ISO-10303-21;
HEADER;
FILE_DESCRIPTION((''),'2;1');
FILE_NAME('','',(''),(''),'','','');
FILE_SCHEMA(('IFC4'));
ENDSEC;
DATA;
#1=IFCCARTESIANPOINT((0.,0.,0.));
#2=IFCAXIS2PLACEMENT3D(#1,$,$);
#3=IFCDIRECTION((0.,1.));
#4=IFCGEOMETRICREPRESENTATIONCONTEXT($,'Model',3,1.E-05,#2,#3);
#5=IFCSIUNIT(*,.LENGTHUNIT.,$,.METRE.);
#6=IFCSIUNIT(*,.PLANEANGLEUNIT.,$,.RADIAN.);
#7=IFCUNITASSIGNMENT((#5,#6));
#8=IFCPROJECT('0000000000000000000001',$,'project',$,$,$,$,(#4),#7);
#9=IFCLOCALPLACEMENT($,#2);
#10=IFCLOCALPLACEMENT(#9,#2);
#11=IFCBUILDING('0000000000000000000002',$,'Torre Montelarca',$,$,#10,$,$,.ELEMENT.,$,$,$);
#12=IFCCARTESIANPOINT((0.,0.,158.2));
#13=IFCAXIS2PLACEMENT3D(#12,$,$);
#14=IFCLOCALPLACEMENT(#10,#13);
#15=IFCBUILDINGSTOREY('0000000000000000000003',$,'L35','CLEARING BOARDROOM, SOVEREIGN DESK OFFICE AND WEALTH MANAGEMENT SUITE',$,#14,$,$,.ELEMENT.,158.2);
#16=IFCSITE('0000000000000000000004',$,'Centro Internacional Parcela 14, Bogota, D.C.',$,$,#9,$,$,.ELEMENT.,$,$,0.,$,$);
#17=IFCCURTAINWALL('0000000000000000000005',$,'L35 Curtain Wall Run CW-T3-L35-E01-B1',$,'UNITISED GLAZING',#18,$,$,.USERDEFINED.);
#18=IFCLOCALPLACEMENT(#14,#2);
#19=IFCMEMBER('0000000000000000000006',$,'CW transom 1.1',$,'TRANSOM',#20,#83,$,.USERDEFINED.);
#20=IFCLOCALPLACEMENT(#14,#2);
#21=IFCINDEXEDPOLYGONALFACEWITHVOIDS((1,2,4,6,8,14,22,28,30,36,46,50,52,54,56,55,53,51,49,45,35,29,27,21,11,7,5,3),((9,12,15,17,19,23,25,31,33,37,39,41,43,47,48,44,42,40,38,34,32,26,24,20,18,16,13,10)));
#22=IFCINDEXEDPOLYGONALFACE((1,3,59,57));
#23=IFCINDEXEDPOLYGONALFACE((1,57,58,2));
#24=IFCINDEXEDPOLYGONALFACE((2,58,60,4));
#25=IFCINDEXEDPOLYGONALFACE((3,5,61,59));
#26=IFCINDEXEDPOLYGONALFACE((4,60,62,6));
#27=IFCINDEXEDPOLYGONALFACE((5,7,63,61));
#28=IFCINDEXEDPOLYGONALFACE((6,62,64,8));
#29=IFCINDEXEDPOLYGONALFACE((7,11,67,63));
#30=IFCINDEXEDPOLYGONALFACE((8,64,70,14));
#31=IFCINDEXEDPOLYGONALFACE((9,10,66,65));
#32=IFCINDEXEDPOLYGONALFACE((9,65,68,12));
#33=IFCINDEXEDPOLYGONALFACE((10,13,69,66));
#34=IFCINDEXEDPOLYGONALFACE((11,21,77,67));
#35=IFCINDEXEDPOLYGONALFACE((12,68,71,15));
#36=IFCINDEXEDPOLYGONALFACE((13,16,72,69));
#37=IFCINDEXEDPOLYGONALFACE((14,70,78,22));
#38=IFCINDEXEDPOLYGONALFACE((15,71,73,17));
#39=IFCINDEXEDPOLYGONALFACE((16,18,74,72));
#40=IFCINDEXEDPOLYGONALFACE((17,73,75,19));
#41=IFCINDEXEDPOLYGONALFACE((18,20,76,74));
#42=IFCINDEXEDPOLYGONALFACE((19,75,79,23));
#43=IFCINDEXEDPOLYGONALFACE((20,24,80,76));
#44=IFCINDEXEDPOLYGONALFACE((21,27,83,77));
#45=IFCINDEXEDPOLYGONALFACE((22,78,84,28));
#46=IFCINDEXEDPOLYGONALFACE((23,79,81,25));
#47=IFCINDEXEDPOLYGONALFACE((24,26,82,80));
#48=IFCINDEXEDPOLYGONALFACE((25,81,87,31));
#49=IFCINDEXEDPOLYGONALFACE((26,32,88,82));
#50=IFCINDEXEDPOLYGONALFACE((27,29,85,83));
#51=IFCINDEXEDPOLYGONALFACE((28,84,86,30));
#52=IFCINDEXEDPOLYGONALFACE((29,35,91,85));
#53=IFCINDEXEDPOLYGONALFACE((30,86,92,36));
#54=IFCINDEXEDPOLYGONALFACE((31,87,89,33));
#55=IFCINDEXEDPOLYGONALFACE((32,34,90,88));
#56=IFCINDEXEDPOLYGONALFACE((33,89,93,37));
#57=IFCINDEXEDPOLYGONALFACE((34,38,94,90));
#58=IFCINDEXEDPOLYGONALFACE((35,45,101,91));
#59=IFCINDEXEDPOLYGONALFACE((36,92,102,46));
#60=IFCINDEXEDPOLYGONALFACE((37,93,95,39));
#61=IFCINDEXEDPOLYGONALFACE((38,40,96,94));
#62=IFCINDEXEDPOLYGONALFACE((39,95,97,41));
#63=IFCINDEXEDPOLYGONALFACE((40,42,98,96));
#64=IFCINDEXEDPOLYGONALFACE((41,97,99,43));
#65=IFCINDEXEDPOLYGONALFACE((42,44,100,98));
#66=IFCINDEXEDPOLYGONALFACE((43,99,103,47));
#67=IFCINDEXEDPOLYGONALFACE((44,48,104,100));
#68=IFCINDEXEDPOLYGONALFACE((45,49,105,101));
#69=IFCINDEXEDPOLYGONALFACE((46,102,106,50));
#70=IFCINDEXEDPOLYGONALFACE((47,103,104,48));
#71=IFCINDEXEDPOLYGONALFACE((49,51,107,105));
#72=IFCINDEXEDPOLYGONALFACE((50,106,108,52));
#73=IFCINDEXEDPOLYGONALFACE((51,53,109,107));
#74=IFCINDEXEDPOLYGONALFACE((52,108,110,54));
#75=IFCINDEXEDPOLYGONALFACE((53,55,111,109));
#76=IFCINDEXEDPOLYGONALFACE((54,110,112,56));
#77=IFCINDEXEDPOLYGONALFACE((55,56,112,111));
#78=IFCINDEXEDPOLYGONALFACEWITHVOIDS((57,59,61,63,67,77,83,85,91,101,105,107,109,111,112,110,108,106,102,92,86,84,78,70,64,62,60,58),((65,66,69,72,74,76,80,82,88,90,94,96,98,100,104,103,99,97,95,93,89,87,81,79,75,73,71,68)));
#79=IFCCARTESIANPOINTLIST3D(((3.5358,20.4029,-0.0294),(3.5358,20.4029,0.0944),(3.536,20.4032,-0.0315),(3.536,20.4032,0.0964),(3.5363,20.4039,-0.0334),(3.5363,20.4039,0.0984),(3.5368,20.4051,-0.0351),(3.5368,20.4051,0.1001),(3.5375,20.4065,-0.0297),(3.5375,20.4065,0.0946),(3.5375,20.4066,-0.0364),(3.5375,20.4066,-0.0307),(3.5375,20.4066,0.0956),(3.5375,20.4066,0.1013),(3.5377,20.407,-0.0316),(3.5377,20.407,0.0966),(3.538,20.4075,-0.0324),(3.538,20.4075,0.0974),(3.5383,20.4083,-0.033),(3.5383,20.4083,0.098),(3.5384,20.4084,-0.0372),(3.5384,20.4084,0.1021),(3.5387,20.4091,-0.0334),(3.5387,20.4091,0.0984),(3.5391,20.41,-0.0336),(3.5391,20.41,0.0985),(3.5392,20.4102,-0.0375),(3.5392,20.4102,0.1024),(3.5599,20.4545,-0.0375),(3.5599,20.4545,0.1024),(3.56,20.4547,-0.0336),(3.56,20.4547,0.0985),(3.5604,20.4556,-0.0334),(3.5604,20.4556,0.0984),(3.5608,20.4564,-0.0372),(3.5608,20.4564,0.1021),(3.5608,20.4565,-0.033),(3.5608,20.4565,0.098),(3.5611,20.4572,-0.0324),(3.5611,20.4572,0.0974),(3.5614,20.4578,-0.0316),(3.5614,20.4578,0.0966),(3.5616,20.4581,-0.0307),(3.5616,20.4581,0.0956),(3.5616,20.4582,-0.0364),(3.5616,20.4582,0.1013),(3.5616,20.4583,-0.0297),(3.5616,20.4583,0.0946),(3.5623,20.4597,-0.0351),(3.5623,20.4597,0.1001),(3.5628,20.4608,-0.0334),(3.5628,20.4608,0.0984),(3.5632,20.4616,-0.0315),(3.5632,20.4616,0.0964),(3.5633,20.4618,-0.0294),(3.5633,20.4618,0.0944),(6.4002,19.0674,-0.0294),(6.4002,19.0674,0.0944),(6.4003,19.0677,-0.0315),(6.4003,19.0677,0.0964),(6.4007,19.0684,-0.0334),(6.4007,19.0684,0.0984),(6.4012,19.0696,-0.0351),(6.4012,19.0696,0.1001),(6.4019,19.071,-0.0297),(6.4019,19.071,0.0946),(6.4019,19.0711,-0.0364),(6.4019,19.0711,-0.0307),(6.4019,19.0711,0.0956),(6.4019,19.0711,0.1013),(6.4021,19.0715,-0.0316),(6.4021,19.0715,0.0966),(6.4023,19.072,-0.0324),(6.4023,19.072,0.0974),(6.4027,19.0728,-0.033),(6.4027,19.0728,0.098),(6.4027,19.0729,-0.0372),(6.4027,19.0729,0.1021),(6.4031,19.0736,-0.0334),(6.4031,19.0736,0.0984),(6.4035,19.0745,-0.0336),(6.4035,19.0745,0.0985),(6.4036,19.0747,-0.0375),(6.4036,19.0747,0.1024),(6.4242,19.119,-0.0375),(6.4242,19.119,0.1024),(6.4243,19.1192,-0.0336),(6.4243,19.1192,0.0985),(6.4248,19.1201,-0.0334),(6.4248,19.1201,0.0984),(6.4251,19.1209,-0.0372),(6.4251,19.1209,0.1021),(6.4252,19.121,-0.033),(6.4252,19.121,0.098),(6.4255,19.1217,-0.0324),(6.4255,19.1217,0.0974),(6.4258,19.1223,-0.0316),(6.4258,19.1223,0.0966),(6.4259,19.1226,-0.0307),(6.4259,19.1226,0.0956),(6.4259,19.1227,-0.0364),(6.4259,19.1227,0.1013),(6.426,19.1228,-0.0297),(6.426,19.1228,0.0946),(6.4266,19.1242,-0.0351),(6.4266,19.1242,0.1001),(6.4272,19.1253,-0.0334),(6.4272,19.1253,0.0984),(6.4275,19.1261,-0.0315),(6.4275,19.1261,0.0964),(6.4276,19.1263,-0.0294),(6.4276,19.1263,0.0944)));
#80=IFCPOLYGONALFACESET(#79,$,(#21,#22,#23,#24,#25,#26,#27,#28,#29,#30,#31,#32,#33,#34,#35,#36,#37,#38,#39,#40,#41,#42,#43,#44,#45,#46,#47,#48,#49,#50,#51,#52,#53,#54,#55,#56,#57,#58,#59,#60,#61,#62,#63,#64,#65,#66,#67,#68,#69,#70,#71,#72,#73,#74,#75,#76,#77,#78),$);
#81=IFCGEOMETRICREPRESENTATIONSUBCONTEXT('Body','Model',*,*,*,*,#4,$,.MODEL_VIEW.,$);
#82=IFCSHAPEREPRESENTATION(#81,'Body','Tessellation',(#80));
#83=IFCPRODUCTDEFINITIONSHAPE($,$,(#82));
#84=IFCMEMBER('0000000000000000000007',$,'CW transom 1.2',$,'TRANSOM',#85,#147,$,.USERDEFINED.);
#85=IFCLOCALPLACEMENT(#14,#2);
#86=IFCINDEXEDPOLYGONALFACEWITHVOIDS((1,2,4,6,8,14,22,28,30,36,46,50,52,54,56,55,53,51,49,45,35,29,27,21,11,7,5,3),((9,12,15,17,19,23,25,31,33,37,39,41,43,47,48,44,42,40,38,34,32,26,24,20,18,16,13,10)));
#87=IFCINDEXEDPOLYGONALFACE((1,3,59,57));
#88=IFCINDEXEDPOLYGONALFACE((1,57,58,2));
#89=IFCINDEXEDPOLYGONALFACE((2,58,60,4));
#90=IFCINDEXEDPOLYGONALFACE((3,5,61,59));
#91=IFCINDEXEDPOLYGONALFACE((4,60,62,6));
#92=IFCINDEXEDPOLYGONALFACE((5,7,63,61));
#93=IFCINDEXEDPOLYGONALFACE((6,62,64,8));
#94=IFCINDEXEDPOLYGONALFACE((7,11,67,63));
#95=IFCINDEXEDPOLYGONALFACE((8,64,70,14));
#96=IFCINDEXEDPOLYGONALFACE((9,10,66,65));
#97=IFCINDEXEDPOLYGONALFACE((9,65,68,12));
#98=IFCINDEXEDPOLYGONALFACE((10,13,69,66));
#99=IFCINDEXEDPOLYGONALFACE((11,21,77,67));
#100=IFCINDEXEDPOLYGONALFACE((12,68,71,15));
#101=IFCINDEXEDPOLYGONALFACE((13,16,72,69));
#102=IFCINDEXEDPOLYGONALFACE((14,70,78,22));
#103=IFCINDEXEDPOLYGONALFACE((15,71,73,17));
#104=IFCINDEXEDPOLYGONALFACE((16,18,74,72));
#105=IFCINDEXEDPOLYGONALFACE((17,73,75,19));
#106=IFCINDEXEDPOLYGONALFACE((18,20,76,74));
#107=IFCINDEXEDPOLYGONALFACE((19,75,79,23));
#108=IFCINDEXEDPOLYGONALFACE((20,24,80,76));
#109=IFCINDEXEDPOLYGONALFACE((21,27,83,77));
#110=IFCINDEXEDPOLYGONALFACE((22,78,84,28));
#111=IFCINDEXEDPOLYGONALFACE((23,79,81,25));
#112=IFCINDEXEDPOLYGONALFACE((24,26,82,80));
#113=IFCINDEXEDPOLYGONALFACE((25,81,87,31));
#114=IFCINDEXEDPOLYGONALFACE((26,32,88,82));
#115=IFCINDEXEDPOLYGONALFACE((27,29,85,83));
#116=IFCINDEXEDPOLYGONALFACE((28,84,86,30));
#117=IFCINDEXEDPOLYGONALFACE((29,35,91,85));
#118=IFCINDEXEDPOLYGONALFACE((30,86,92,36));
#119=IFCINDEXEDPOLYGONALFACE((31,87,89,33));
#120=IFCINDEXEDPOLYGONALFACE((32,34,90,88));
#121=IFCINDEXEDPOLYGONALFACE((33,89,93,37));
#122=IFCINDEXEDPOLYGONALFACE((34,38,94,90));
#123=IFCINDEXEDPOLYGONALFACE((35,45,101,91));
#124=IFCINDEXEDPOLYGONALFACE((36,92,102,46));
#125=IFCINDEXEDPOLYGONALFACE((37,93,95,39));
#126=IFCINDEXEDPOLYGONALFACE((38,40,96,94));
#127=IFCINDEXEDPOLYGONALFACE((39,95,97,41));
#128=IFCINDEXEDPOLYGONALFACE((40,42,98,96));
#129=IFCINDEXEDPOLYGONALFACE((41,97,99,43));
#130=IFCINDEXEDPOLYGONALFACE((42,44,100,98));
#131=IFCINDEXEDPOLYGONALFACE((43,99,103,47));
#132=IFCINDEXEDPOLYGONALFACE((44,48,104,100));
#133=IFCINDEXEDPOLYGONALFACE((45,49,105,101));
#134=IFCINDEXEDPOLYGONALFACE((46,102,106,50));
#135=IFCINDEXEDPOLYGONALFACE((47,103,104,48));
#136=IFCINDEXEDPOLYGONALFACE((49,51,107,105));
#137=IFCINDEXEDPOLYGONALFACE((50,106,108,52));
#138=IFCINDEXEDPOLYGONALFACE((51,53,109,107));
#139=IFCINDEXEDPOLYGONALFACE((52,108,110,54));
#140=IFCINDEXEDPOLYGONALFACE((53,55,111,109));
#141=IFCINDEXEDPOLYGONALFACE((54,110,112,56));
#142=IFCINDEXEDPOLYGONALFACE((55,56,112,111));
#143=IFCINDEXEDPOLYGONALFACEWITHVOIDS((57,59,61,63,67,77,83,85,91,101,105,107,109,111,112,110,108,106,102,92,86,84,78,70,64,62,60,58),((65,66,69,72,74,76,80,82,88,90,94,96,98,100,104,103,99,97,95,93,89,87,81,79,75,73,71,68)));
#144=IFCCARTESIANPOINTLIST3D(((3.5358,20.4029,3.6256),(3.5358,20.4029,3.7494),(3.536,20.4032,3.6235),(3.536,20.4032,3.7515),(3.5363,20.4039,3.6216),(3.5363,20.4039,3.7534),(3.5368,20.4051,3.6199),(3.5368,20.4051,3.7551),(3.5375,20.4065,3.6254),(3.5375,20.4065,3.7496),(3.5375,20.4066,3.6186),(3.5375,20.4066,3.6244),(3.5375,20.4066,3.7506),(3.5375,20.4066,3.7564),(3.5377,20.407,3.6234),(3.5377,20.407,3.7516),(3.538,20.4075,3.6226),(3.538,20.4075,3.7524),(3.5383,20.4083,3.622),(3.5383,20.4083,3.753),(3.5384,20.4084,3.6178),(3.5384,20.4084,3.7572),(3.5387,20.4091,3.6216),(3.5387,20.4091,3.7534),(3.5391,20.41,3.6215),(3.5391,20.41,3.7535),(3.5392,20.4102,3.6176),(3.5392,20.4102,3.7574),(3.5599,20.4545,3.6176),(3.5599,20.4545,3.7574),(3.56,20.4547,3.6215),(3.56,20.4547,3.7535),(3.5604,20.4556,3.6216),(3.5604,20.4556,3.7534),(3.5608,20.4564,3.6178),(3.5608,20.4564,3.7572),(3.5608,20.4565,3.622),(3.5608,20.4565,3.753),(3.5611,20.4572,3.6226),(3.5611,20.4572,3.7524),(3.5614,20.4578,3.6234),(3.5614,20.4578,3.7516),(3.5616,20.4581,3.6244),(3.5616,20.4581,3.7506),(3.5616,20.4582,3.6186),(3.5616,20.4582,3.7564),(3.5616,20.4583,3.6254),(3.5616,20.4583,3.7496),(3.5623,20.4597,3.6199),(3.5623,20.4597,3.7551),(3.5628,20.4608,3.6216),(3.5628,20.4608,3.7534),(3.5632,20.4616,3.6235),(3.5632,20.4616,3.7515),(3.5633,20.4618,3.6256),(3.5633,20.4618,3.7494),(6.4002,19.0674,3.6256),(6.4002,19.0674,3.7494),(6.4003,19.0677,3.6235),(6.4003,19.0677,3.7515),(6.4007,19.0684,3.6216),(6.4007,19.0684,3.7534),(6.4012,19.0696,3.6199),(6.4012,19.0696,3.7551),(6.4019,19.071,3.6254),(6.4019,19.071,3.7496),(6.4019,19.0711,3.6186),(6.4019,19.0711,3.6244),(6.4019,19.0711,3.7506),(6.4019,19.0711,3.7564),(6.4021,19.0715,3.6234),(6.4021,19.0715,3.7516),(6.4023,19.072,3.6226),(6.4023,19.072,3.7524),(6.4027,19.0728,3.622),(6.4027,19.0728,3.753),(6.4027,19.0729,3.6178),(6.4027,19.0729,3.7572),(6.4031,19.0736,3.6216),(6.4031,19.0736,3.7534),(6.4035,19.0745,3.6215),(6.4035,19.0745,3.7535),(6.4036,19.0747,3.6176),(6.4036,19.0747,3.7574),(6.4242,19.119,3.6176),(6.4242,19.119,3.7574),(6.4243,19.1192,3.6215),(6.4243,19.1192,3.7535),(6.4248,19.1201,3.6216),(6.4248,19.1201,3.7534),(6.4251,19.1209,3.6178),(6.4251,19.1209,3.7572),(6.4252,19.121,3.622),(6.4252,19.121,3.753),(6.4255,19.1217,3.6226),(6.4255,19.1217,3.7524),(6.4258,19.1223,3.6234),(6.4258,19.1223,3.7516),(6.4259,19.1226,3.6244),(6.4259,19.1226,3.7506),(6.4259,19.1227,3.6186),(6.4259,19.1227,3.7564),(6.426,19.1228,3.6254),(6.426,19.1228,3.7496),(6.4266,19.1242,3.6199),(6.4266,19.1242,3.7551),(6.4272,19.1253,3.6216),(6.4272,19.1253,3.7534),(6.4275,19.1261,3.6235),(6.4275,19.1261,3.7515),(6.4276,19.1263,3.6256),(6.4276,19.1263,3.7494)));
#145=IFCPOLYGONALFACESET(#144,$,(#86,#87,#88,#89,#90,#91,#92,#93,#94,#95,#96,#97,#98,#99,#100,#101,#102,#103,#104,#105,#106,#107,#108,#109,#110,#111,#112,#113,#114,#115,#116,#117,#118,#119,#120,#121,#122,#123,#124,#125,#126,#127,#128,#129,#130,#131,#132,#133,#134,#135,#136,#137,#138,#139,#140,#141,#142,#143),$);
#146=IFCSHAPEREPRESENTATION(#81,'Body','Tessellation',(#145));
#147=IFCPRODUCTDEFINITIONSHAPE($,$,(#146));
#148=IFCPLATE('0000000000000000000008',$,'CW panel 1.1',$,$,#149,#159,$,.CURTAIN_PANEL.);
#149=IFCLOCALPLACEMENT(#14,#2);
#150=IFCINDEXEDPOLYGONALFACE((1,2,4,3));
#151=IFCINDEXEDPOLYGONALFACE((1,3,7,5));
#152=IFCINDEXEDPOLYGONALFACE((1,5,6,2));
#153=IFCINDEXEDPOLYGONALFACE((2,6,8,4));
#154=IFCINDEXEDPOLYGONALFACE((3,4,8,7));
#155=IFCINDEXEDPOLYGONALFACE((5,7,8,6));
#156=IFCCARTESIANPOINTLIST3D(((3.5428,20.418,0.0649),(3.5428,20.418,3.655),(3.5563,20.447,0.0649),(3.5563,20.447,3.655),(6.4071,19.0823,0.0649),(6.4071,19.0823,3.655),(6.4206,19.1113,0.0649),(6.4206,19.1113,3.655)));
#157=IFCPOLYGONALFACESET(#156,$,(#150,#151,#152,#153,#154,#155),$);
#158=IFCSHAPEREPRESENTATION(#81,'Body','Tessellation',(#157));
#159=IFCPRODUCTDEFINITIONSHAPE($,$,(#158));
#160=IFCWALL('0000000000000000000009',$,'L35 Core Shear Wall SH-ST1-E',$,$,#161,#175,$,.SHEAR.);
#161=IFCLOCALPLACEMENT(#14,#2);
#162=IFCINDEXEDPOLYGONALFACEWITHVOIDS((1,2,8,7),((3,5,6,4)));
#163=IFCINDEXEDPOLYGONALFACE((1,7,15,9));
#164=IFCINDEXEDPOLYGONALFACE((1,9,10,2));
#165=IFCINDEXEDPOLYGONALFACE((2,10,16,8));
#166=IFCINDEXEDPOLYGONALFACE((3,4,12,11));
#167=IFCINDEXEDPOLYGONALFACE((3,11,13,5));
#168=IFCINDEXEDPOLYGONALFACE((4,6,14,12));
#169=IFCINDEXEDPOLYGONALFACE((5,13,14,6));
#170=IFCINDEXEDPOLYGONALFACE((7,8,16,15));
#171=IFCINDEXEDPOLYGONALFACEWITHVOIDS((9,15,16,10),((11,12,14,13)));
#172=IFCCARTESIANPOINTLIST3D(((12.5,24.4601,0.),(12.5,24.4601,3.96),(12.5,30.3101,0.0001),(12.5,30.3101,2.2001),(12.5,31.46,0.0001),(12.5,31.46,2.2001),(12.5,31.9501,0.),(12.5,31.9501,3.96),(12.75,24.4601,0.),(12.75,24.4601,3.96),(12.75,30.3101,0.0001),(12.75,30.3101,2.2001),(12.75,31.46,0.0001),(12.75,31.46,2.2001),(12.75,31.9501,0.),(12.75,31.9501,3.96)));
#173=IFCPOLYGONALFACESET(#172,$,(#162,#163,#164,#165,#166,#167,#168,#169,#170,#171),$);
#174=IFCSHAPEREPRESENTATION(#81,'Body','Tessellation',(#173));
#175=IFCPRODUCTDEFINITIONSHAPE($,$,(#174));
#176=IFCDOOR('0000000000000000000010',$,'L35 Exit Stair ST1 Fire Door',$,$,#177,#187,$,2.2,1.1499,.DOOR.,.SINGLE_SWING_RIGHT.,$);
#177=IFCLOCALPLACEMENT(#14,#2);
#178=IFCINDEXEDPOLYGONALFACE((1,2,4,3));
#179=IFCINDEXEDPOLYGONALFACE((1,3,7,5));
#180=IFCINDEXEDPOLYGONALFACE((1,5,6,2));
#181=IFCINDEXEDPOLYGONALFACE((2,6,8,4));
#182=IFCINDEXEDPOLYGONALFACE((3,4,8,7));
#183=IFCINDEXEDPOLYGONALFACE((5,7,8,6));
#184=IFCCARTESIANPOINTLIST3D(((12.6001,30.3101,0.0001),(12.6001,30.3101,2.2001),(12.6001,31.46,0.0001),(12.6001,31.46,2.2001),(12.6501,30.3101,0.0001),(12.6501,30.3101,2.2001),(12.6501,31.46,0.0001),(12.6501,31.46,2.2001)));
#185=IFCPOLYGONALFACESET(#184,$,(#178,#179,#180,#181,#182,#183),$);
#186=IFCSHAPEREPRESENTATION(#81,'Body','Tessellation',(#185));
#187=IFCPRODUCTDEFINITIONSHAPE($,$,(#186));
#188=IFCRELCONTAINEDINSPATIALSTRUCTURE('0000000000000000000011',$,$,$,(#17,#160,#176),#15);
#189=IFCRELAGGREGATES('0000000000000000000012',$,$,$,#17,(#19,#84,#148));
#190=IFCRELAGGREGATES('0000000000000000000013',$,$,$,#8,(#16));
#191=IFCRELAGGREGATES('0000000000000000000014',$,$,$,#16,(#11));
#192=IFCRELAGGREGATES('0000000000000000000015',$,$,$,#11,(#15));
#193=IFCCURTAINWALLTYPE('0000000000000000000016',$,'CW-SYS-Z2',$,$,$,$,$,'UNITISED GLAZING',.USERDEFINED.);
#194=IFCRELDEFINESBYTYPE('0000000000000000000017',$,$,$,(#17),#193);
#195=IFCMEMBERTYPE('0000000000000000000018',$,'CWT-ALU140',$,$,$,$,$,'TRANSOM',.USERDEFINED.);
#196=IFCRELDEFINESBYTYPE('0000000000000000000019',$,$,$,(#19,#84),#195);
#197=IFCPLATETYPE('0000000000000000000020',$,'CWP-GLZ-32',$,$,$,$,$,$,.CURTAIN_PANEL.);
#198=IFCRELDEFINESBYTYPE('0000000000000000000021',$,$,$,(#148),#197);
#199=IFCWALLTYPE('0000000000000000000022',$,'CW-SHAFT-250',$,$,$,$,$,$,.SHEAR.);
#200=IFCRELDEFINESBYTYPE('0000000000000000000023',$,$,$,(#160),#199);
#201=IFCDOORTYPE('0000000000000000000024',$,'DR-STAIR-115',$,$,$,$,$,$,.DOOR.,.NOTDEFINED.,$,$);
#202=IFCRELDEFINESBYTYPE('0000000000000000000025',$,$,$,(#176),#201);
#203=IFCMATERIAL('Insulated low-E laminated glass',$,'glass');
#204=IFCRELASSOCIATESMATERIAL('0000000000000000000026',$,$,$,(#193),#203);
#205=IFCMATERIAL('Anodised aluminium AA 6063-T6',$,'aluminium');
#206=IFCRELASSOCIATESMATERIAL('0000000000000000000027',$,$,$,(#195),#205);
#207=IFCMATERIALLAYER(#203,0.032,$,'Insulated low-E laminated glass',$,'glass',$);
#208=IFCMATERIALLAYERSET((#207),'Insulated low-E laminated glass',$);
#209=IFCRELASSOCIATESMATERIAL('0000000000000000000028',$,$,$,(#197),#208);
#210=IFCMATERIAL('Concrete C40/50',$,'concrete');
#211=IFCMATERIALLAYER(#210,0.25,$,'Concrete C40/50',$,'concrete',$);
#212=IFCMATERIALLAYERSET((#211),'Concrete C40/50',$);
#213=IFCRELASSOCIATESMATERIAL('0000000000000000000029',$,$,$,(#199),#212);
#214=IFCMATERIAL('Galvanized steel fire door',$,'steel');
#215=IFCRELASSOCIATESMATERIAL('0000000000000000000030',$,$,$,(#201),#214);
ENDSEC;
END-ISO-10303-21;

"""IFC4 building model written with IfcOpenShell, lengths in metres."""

from ifc_helpers import new_model, si_unit, direction, frame, frame_2d, origin, origin_2d, place, context, subcontext, project, spatial, rectangle, hollow_rectangle, extrude, source, transform, mapped, material, layer, layer_set, material_profile, profile_set, type_object, element, fill, aggregate, save


model = new_model("IFC4")

# Units and contexts
model_context = context("Model", 3, precision=1e-05, world=origin(), true_north=direction((0.0, 1.0)))
body_context = subcontext(model_context, "Body", "Model", "MODEL_VIEW")
ifc_project = project(units=[si_unit("LENGTHUNIT", "METRE"), si_unit("PLANEANGLEUNIT", "RADIAN")], contexts=[model_context])

# Site, building, storey
site_placement = place(None, origin())
site = spatial("IfcSite", under=ifc_project, at=site_placement, Name="Centro Internacional Parcela 14, Bogota, D.C.", CompositionType="ELEMENT", RefElevation=0.0)
building_placement = place(site_placement, origin())
building = spatial("IfcBuilding", under=site, at=building_placement, Name="Torre Montelarca", CompositionType="ELEMENT")
storey_placement = place(building_placement, frame((0.0, 0.0, 158.2)))
storey = spatial("IfcBuildingStorey", under=building, at=storey_placement, Name="L35", Description="CLEARING BOARDROOM, SOVEREIGN DESK OFFICE AND WEALTH MANAGEMENT SUITE", CompositionType="ELEMENT", Elevation=158.2)

# Curtain wall, members, plate
ifc_material_1 = material(Name="Insulated low-E laminated glass", Category="glass")
curtain_wall_type = type_object("IfcCurtainWallType", Name="CW-SYS-Z2", ElementType="UNITISED GLAZING", PredefinedType="USERDEFINED", material=ifc_material_1)
curtain_wall_placement = place(storey_placement, origin())
curtain_wall = element("IfcCurtainWall", 1, at=curtain_wall_placement, inside=storey, type_object=curtain_wall_type, Name="L35 Curtain Wall Run CW-T3-L35-E01-B1", ObjectType="UNITISED GLAZING", PredefinedType="USERDEFINED")
ifc_material_2 = material(Name="Anodised aluminium AA 6063-T6", Category="aluminium")
ifc_material_profile_1 = material_profile(ifc_material_2, hollow_rectangle(XDim=0.0649, YDim=0.1399, WallThickness=0.0039, InnerFilletRadius=0.0039, OuterFilletRadius=0.0081, at=origin_2d()), Name="ALU65X140X4", Category="aluminium")
ifc_profile_set_1 = profile_set([ifc_material_profile_1], Name="Anodised aluminium AA 6063-T6")
member_type_1 = type_object("IfcMemberType", Name="CWT-ALU140", ElementType="TRANSOM", PredefinedType="USERDEFINED", material=ifc_profile_set_1)
shared_shape_1 = source(origin(), body_context, "Body", "SweptSolid", [
    extrude(hollow_rectangle(XDim=0.0649, YDim=0.1399, WallThickness=0.0039, InnerFilletRadius=0.0039, OuterFilletRadius=0.0081, at=origin_2d()), origin(), (0.0, 0.0, 1.0), 3.1604),
])
member_1_placement = place(storey_placement, frame((3.5496, 20.4324, 0.0325), z_axis=(0.906329, -0.422572, 0.0), x_axis=(0.422572, 0.906329, 0.0)))
member_1 = element("IfcMember", 2, at=member_1_placement, type_object=member_type_1, Name="CW transom 1.1", ObjectType="TRANSOM", PredefinedType="USERDEFINED", context=body_context, shape_type="MappedRepresentation", body=[
    mapped(shared_shape_1, transform((0.0, 0.0, 0.0), scale=1.0)),
])
member_2_placement = place(storey_placement, frame((3.5496, 20.4324, 3.6875), z_axis=(0.906329, -0.422572, 0.0), x_axis=(0.422572, 0.906329, 0.0)))
member_2 = element("IfcMember", 3, at=member_2_placement, type_object=member_type_1, Name="CW transom 1.2", ObjectType="TRANSOM", PredefinedType="USERDEFINED", context=body_context, shape_type="MappedRepresentation", body=[
    mapped(shared_shape_1, transform((0.0, 0.0, 0.0), scale=1.0)),
])
ifc_layer_1 = layer(ifc_material_1, 0.032, Name="Insulated low-E laminated glass", Category="glass")
ifc_layer_set_1 = layer_set([ifc_layer_1], Name="Insulated low-E laminated glass")
plate_type = type_object("IfcPlateType", Name="CWP-GLZ-32", PredefinedType="CURTAIN_PANEL", material=ifc_layer_set_1)
shared_shape_2 = source(origin(), body_context, "Body", "SweptSolid", [
    extrude(rectangle(XDim=3.1604, YDim=0.032, at=origin_2d()), origin(), (0.0, 0.0, 1.0), 3.5901),
])
plate_placement = place(storey_placement, frame((4.9817, 19.7646, 0.0649), z_axis=(0.0, 0.0, 1.0), x_axis=(0.90631, -0.422613, 0.0)))
plate = element("IfcPlate", 4, at=plate_placement, type_object=plate_type, Name="CW panel 1.1", PredefinedType="CURTAIN_PANEL", context=body_context, shape_type="MappedRepresentation", body=[
    mapped(shared_shape_2, transform((0.0, 0.0, 0.0), scale=1.0)),
])
aggregate(curtain_wall, [member_1, member_2, plate])

# Wall, opening, door
ifc_material_3 = material(Name="Concrete C40/50", Category="concrete")
ifc_layer_2 = layer(ifc_material_3, 0.25, Name="Concrete C40/50", Category="concrete")
ifc_layer_set_2 = layer_set([ifc_layer_2], Name="Concrete C40/50")
wall_type_1 = type_object("IfcWallType", Name="CW-SHAFT-250", PredefinedType="SHEAR", material=ifc_layer_set_2)
wall_1_placement = place(storey_placement, frame((12.625, 24.46, 0.0), z_axis=(0.0, 0.0, 1.0), x_axis=(0.0, 1.0, 0.0)))
wall_1 = element("IfcWall", 5, at=wall_1_placement, inside=storey, type_object=wall_type_1, Name="L35 Core Shear Wall SH-ST1-E", PredefinedType="SHEAR", context=body_context, shape_type="SweptSolid", body=[
    extrude(rectangle(XDim=7.49, YDim=0.25, at=frame_2d((3.7451, 0.0))), origin(), (0.0, 0.0, 1.0), 3.96),
])
opening_1_placement = place(wall_1_placement, frame((5.8501, 0.0, 0.0)))
opening_1 = element("IfcOpeningElement", 6, at=opening_1_placement, cuts=wall_1, PredefinedType="OPENING", context=body_context, shape_type="SweptSolid", body=[
    extrude(rectangle(XDim=1.1499, YDim=2.2, at=frame_2d((0.575, 1.1001))), frame((0.0, 0.135, 0.0), z_axis=(0.0, -1.0, 0.0), x_axis=(1.0, 0.0, 0.0)), (0.0, 0.0, 1.0), 0.27),
])
ifc_material_4 = material(Name="Galvanized steel fire door", Category="steel")
door_type_1 = type_object("IfcDoorType", Name="DR-STAIR-115", OperationType="NOTDEFINED", PredefinedType="DOOR", material=ifc_material_4)
shared_shape_3 = source(origin(), body_context, "Body", "SweptSolid", [
    extrude(rectangle(XDim=1.1499, YDim=2.2, at=frame_2d((0.575, 1.1001))), frame((0.0, 0.0249, 0.0), z_axis=(0.0, -1.0, 0.0), x_axis=(1.0, 0.0, 0.0)), (0.0, 0.0, 1.0), 0.05),
])
door_1_placement = place(opening_1_placement, origin())
door_1 = element("IfcDoor", 7, at=door_1_placement, inside=storey, type_object=door_type_1, Name="L35 Exit Stair ST1 Fire Door", OperationType="SINGLE_SWING_RIGHT", OverallHeight=2.2, OverallWidth=1.1499, PredefinedType="DOOR", context=body_context, shape_type="MappedRepresentation", body=[
    mapped(shared_shape_3, transform((0.0, 0.0, 0.0), scale=1.0)),
])
fill(opening_1, door_1)

save(model, "model.ifc")
